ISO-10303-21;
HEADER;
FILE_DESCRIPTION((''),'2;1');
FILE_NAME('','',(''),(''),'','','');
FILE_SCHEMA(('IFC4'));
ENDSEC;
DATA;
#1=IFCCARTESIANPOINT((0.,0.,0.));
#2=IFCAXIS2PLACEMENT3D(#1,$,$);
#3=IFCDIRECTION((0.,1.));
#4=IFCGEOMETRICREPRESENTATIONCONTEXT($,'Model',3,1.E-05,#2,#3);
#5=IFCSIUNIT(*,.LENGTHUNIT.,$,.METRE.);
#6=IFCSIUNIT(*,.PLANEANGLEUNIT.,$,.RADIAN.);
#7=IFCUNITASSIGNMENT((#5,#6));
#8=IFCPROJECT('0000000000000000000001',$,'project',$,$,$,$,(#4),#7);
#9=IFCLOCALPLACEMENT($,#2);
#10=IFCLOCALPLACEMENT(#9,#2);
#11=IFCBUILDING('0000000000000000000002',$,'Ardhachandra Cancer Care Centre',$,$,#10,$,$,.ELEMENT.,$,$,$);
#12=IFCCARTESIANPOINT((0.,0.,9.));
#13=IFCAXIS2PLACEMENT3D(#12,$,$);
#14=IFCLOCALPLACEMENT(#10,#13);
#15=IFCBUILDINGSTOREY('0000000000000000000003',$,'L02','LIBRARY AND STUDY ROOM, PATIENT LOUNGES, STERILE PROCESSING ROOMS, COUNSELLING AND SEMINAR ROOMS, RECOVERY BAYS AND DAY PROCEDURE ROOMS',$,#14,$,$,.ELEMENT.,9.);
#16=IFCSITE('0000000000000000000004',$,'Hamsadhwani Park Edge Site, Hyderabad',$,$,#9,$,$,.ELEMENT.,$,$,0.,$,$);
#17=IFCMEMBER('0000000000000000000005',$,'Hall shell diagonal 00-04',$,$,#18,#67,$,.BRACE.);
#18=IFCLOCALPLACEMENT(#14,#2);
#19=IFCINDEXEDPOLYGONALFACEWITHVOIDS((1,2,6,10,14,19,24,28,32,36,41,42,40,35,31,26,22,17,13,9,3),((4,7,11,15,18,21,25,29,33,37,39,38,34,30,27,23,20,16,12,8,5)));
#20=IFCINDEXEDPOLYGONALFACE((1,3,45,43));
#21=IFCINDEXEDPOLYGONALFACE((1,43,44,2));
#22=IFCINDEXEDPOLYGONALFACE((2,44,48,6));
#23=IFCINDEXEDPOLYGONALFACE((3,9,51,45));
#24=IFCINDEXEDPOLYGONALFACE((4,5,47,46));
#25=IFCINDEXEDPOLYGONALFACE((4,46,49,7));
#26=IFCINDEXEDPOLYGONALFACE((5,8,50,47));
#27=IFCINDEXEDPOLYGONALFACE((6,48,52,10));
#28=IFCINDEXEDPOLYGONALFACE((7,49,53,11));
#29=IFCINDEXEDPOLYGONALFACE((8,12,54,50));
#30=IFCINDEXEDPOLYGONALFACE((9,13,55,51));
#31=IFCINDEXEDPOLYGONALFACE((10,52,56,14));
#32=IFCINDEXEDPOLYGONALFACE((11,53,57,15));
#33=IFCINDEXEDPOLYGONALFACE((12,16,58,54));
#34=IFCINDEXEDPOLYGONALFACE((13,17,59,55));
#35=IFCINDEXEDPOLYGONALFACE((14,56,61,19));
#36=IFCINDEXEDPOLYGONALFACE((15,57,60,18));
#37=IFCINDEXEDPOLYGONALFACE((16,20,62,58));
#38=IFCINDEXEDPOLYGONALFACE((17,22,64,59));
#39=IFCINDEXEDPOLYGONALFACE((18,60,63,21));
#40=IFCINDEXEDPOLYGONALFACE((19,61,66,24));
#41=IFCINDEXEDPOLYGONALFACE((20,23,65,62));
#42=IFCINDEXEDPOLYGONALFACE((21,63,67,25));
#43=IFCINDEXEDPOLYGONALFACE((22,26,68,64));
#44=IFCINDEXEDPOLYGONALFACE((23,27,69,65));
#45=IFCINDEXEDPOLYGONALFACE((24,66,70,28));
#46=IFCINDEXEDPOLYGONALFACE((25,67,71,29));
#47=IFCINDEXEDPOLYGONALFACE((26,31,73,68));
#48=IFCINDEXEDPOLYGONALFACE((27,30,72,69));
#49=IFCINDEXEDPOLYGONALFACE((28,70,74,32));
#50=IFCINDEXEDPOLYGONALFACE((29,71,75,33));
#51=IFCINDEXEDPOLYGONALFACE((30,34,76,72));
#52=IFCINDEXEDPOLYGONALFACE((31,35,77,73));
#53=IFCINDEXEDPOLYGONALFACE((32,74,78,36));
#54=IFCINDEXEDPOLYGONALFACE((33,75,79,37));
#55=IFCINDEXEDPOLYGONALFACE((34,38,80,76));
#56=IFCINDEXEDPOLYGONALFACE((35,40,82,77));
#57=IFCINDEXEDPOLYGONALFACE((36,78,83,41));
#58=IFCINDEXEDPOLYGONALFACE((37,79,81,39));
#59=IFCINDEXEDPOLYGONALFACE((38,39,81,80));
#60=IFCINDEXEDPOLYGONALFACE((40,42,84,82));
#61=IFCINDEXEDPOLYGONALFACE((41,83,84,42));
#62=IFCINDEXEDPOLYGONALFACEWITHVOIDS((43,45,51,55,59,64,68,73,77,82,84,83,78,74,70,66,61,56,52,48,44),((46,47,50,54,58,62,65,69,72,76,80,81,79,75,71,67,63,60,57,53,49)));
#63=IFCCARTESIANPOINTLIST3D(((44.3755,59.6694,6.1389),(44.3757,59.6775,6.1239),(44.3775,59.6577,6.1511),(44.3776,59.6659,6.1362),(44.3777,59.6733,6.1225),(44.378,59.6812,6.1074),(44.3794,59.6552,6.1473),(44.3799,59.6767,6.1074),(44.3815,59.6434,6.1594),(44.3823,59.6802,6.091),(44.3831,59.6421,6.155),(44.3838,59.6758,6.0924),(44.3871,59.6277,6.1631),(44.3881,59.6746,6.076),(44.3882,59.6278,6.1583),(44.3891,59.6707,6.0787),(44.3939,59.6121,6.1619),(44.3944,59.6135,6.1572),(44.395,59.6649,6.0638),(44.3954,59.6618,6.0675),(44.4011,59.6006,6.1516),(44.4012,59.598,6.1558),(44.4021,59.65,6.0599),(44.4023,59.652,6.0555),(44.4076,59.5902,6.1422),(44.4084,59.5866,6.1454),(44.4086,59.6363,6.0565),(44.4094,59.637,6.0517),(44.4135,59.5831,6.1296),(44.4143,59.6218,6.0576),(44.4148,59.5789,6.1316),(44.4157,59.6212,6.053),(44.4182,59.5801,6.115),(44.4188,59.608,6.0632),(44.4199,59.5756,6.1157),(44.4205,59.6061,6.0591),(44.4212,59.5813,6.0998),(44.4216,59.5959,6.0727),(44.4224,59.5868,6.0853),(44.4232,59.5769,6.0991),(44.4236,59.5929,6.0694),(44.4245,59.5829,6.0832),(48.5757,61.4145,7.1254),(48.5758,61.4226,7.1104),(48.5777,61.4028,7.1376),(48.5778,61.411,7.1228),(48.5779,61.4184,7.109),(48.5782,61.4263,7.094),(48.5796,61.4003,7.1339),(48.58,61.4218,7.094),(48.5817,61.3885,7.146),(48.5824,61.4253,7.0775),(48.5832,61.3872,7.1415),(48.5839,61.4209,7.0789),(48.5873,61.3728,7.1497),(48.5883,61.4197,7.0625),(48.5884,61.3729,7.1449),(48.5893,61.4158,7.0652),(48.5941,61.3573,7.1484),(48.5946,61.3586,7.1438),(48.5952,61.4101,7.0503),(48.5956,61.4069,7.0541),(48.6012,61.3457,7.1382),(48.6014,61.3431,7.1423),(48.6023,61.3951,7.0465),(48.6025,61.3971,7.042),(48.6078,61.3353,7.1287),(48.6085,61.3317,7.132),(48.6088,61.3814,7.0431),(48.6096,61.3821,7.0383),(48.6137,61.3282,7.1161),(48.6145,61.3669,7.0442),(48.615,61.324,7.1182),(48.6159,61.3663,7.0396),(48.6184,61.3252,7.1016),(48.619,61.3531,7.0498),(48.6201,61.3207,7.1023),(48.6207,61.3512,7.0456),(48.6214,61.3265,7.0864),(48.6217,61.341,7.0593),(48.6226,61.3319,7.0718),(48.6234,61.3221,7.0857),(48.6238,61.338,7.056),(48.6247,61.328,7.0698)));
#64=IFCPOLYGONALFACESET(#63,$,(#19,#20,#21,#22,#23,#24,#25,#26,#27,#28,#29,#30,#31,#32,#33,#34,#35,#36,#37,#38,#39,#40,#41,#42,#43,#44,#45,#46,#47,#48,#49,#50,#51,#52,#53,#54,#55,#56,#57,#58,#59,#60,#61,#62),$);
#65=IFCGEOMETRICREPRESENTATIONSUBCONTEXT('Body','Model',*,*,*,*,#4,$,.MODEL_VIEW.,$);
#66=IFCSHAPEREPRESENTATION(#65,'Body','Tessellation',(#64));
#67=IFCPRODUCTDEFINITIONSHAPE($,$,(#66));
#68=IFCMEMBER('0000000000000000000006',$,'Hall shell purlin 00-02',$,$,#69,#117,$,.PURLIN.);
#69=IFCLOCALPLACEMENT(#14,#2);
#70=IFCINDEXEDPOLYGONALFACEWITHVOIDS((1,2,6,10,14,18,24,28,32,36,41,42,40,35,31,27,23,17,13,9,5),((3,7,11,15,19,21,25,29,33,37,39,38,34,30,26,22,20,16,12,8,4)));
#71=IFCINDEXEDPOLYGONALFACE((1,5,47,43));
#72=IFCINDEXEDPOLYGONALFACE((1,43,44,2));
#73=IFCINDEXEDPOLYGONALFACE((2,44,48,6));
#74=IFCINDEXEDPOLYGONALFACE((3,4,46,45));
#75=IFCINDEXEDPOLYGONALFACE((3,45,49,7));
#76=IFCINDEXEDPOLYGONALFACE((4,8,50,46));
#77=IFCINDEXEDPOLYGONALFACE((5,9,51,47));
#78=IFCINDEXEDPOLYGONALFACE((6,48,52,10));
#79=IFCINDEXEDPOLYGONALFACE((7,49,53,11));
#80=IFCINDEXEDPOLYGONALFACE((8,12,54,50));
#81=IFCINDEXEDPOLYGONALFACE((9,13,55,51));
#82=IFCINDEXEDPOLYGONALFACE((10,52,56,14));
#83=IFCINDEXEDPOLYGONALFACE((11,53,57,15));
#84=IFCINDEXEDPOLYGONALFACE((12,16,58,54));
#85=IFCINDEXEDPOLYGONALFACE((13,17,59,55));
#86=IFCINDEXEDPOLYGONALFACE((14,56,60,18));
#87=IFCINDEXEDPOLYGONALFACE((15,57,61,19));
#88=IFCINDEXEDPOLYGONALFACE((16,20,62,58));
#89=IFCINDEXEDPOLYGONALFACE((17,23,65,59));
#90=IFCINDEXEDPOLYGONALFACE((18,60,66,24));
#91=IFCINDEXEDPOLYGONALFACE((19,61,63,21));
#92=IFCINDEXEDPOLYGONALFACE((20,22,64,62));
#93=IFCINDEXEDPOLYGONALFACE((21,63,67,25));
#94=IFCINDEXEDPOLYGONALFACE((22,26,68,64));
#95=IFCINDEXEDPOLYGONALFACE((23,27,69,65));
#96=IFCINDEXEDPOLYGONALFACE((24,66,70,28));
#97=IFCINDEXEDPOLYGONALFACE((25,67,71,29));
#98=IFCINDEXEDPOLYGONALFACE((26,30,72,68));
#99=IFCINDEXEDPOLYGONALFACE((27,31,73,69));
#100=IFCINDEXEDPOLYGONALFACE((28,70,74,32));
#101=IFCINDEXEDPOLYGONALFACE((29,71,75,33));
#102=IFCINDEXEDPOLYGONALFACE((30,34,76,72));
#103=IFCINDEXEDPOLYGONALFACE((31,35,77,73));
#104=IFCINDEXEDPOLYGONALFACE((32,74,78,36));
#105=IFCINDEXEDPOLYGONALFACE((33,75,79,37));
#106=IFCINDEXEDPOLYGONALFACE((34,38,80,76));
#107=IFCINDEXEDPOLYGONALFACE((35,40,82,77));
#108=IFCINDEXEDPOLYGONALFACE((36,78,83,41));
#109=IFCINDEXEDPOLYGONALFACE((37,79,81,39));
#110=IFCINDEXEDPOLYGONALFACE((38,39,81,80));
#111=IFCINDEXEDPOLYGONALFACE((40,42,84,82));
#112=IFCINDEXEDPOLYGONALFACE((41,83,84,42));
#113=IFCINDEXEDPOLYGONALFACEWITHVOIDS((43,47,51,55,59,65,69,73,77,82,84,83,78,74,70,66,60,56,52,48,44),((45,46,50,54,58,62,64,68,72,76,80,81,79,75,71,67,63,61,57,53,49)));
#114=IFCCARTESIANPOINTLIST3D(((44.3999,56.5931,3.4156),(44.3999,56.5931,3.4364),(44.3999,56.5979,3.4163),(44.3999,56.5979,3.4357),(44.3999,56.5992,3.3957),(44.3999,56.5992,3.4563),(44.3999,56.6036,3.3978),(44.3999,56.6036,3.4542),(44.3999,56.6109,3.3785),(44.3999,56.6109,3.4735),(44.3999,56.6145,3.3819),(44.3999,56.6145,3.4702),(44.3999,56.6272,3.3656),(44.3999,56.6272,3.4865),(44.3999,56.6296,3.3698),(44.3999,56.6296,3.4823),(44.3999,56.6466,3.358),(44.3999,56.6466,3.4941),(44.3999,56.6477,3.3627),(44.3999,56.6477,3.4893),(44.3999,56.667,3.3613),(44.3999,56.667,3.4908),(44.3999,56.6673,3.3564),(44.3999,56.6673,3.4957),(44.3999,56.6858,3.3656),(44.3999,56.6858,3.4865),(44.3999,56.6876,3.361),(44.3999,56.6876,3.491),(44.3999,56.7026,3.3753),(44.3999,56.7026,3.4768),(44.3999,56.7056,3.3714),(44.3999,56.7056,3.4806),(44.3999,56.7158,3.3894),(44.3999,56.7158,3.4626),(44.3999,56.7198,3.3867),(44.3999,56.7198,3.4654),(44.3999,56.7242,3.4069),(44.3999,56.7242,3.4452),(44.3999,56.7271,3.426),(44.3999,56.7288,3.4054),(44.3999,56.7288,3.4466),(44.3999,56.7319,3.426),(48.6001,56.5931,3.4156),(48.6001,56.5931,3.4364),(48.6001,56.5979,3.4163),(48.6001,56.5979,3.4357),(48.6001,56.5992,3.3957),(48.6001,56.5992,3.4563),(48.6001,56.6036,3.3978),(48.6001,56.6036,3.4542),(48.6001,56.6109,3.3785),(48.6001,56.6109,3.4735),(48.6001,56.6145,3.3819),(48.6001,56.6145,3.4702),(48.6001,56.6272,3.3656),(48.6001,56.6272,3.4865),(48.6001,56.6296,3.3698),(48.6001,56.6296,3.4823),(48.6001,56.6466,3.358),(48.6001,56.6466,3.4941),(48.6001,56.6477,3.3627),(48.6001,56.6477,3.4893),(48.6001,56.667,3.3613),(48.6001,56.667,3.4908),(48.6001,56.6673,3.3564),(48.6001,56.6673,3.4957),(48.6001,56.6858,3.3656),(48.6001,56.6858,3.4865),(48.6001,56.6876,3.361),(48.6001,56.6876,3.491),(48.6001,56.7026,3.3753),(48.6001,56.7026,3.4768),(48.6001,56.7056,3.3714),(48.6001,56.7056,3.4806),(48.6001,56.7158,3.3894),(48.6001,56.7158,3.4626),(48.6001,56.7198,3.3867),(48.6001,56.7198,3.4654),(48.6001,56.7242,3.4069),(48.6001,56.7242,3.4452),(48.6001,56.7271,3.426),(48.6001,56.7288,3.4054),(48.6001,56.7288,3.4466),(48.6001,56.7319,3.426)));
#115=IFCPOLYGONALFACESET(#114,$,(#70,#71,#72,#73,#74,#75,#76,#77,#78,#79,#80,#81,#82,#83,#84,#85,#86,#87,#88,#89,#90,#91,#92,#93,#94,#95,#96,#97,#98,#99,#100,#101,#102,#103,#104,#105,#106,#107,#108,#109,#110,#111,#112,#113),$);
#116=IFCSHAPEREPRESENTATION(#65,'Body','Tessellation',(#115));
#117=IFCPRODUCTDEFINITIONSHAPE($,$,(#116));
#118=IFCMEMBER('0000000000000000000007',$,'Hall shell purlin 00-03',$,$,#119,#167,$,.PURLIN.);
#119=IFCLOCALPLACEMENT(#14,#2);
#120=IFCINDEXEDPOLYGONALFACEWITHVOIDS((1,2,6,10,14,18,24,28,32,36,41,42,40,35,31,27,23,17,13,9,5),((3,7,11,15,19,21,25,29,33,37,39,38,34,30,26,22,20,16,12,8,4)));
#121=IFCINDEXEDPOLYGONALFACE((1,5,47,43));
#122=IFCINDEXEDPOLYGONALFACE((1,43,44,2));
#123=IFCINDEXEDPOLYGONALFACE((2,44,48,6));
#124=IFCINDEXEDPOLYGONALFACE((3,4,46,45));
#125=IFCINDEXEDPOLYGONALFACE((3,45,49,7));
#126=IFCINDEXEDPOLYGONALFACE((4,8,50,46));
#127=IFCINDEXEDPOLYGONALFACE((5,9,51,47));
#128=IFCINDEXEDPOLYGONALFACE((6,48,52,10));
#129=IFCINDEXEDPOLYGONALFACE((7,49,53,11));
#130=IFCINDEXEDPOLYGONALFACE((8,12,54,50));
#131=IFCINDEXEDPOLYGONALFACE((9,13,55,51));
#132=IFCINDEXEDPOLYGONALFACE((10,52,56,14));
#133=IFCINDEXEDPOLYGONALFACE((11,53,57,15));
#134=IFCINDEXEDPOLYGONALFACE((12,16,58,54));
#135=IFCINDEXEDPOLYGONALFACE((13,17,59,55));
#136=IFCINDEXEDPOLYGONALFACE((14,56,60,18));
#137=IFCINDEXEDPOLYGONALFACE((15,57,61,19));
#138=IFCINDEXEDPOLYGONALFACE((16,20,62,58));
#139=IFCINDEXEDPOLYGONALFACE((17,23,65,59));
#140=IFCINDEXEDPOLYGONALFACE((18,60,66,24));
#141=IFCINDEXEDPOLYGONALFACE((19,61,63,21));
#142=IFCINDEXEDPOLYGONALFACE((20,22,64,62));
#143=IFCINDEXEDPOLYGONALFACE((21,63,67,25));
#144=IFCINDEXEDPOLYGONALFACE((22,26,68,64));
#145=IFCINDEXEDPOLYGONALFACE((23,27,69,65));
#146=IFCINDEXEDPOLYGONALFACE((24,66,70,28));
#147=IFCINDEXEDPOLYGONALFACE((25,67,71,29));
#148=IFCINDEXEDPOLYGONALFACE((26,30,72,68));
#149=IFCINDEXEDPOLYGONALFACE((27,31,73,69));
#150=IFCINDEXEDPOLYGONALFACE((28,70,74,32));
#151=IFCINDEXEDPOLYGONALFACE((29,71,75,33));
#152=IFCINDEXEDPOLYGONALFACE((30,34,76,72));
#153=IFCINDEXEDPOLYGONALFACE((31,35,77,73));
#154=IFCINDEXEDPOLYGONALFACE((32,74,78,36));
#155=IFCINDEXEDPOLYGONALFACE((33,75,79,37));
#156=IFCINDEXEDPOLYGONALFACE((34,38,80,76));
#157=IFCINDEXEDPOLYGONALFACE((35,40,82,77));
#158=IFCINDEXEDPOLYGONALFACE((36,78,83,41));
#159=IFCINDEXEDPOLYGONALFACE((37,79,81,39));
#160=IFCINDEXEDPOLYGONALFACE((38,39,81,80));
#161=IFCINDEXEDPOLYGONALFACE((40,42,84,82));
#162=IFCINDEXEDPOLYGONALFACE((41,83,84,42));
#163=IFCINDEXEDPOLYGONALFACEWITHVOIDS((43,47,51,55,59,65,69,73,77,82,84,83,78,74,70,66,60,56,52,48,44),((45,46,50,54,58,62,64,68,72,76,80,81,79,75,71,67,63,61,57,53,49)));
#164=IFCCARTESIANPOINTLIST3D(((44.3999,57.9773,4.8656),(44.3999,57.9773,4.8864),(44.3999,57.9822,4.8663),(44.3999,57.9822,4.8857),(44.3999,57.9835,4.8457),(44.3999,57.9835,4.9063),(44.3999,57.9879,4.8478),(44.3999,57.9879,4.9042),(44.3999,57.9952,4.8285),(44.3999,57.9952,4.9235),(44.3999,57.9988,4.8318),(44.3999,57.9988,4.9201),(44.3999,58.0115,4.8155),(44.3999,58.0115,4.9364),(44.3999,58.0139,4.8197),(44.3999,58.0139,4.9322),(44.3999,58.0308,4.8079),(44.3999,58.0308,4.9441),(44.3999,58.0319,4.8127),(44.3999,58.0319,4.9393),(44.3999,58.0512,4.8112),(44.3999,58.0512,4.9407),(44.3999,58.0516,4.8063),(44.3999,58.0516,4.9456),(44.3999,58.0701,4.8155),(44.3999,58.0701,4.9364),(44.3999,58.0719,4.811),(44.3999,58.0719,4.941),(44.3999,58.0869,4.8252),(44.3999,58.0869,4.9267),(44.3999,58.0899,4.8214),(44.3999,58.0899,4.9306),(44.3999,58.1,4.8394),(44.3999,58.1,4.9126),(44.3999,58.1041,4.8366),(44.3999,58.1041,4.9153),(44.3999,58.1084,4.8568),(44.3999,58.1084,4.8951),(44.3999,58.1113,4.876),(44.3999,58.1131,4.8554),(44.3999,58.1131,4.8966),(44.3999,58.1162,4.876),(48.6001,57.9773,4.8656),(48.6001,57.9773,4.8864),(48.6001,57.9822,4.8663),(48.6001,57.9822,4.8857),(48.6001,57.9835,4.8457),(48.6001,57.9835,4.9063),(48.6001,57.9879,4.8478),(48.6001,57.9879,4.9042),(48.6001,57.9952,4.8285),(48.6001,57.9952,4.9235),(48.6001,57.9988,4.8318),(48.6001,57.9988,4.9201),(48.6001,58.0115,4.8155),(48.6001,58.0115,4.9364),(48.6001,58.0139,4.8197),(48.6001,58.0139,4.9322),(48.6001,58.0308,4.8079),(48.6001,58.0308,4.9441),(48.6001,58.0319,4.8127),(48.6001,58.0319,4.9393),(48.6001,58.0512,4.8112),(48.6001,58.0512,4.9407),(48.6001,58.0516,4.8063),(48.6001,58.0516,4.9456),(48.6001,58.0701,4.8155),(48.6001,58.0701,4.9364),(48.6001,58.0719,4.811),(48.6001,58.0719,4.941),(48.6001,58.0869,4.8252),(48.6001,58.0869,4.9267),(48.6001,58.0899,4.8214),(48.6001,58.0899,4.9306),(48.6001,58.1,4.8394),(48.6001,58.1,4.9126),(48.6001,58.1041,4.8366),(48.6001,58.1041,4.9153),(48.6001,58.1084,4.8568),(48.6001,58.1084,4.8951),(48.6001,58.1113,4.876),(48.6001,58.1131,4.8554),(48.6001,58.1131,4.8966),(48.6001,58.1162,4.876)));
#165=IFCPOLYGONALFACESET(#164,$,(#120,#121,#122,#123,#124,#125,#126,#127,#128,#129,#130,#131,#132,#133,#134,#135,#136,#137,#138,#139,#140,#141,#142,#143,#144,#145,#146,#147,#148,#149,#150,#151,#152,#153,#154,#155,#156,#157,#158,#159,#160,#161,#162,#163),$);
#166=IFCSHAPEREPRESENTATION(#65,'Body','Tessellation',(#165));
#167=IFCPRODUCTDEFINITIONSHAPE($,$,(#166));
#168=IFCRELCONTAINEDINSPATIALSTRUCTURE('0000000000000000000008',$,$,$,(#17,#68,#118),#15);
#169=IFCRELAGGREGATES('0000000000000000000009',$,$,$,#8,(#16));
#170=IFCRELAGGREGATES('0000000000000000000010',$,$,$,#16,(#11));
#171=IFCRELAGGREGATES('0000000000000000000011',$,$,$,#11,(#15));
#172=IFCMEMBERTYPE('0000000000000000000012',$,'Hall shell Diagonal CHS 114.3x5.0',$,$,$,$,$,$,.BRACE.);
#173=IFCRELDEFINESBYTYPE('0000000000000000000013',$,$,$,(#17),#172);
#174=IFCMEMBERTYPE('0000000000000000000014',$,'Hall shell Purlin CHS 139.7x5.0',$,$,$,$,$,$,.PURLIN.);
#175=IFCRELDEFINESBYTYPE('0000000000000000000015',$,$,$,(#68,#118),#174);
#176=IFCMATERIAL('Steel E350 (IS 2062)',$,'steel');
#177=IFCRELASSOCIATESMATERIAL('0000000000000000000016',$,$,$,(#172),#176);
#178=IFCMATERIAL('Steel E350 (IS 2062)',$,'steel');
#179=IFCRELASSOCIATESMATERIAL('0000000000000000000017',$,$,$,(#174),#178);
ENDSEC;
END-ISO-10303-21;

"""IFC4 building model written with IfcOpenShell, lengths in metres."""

from ifc_helpers import new_model, si_unit, direction, frame, origin, origin_2d, place, context, subcontext, project, spatial, hollow_circle, extrude, material, material_profile, profile_set, type_object, element, save


model = new_model("IFC4")

# Units and contexts
model_context = context("Model", 3, precision=1e-05, world=origin(), true_north=direction((0.0, 1.0)))
body_context = subcontext(model_context, "Body", "Model", "MODEL_VIEW")
ifc_project = project(units=[si_unit("LENGTHUNIT", "METRE"), si_unit("PLANEANGLEUNIT", "RADIAN")], contexts=[model_context])

# Site, building, storey
site_placement = place(None, origin())
site = spatial("IfcSite", under=ifc_project, at=site_placement, Name="Hamsadhwani Park Edge Site, Hyderabad", CompositionType="ELEMENT", RefElevation=0.0)
building_placement = place(site_placement, origin())
building = spatial("IfcBuilding", under=site, at=building_placement, Name="Ardhachandra Cancer Care Centre", CompositionType="ELEMENT")
storey_placement = place(building_placement, frame((0.0, 0.0, 9.0)))
storey = spatial("IfcBuildingStorey", under=building, at=storey_placement, Name="L02", Description="LIBRARY AND STUDY ROOM, PATIENT LOUNGES, STERILE PROCESSING ROOMS, COUNSELLING AND SEMINAR ROOMS, RECOVERY BAYS AND DAY PROCEDURE ROOMS", CompositionType="ELEMENT", Elevation=9.0)

# Members
ifc_material_1 = material(Name="Steel E350 (IS 2062)", Category="steel")
ifc_material_profile_1 = material_profile(ifc_material_1, hollow_circle(Radius=0.0571, WallThickness=0.0049, at=origin_2d()), Name="CHS 114.3x5.0")
ifc_profile_set_1 = profile_set([ifc_material_profile_1], Name="Steel E350 (IS 2062)")
member_type_1 = type_object("IfcMemberType", Name="Hall shell Diagonal CHS 114.3x5.0", PredefinedType="BRACE", material=ifc_profile_set_1)
for number, where, z_axis, x_axis, name in (
    (1, (44.3999, 59.6284, 6.1074), (0.902477, 0.374966, 0.21198), (-0.383685, 0.923464, 0.0), "Hall shell diagonal 00-04"),
):
    element("IfcMember", number, at=place(storey_placement, frame(where, z_axis=z_axis, x_axis=x_axis)), inside=storey, type_object=member_type_1, Name=name, PredefinedType="BRACE", context=body_context, shape_type="SweptSolid", body=[
        extrude(hollow_circle(Radius=0.0571, WallThickness=0.0049, at=origin_2d()), origin(), (0.0, 0.0, 1.0), 4.6541),
    ])
ifc_material_2 = material(Name="Steel E350 (IS 2062)", Category="steel")
ifc_material_profile_2 = material_profile(ifc_material_2, hollow_circle(Radius=0.0698, WallThickness=0.0049, at=origin_2d()), Name="CHS 139.7x5.0")
ifc_profile_set_2 = profile_set([ifc_material_profile_2], Name="Steel E350 (IS 2062)")
member_type_2 = type_object("IfcMemberType", Name="Hall shell Purlin CHS 139.7x5.0", PredefinedType="PURLIN", material=ifc_profile_set_2)
for number, where, z_axis, x_axis, name in (
    (2, (44.3999, 56.6621, 3.426), (1.0, 0.0, 0.0), (0.0, 1.0, 0.0), "Hall shell purlin 00-02"),
    (3, (44.3999, 58.0464, 4.876), (1.0, 0.0, 0.0), (0.0, 1.0, 0.0), "Hall shell purlin 00-03"),
):
    element("IfcMember", number, at=place(storey_placement, frame(where, z_axis=z_axis, x_axis=x_axis)), inside=storey, type_object=member_type_2, Name=name, PredefinedType="PURLIN", context=body_context, shape_type="SweptSolid", body=[
        extrude(hollow_circle(Radius=0.0698, WallThickness=0.0049, at=origin_2d()), origin(), (0.0, 0.0, 1.0), 4.2002),
    ])

save(model, "model.ifc")
